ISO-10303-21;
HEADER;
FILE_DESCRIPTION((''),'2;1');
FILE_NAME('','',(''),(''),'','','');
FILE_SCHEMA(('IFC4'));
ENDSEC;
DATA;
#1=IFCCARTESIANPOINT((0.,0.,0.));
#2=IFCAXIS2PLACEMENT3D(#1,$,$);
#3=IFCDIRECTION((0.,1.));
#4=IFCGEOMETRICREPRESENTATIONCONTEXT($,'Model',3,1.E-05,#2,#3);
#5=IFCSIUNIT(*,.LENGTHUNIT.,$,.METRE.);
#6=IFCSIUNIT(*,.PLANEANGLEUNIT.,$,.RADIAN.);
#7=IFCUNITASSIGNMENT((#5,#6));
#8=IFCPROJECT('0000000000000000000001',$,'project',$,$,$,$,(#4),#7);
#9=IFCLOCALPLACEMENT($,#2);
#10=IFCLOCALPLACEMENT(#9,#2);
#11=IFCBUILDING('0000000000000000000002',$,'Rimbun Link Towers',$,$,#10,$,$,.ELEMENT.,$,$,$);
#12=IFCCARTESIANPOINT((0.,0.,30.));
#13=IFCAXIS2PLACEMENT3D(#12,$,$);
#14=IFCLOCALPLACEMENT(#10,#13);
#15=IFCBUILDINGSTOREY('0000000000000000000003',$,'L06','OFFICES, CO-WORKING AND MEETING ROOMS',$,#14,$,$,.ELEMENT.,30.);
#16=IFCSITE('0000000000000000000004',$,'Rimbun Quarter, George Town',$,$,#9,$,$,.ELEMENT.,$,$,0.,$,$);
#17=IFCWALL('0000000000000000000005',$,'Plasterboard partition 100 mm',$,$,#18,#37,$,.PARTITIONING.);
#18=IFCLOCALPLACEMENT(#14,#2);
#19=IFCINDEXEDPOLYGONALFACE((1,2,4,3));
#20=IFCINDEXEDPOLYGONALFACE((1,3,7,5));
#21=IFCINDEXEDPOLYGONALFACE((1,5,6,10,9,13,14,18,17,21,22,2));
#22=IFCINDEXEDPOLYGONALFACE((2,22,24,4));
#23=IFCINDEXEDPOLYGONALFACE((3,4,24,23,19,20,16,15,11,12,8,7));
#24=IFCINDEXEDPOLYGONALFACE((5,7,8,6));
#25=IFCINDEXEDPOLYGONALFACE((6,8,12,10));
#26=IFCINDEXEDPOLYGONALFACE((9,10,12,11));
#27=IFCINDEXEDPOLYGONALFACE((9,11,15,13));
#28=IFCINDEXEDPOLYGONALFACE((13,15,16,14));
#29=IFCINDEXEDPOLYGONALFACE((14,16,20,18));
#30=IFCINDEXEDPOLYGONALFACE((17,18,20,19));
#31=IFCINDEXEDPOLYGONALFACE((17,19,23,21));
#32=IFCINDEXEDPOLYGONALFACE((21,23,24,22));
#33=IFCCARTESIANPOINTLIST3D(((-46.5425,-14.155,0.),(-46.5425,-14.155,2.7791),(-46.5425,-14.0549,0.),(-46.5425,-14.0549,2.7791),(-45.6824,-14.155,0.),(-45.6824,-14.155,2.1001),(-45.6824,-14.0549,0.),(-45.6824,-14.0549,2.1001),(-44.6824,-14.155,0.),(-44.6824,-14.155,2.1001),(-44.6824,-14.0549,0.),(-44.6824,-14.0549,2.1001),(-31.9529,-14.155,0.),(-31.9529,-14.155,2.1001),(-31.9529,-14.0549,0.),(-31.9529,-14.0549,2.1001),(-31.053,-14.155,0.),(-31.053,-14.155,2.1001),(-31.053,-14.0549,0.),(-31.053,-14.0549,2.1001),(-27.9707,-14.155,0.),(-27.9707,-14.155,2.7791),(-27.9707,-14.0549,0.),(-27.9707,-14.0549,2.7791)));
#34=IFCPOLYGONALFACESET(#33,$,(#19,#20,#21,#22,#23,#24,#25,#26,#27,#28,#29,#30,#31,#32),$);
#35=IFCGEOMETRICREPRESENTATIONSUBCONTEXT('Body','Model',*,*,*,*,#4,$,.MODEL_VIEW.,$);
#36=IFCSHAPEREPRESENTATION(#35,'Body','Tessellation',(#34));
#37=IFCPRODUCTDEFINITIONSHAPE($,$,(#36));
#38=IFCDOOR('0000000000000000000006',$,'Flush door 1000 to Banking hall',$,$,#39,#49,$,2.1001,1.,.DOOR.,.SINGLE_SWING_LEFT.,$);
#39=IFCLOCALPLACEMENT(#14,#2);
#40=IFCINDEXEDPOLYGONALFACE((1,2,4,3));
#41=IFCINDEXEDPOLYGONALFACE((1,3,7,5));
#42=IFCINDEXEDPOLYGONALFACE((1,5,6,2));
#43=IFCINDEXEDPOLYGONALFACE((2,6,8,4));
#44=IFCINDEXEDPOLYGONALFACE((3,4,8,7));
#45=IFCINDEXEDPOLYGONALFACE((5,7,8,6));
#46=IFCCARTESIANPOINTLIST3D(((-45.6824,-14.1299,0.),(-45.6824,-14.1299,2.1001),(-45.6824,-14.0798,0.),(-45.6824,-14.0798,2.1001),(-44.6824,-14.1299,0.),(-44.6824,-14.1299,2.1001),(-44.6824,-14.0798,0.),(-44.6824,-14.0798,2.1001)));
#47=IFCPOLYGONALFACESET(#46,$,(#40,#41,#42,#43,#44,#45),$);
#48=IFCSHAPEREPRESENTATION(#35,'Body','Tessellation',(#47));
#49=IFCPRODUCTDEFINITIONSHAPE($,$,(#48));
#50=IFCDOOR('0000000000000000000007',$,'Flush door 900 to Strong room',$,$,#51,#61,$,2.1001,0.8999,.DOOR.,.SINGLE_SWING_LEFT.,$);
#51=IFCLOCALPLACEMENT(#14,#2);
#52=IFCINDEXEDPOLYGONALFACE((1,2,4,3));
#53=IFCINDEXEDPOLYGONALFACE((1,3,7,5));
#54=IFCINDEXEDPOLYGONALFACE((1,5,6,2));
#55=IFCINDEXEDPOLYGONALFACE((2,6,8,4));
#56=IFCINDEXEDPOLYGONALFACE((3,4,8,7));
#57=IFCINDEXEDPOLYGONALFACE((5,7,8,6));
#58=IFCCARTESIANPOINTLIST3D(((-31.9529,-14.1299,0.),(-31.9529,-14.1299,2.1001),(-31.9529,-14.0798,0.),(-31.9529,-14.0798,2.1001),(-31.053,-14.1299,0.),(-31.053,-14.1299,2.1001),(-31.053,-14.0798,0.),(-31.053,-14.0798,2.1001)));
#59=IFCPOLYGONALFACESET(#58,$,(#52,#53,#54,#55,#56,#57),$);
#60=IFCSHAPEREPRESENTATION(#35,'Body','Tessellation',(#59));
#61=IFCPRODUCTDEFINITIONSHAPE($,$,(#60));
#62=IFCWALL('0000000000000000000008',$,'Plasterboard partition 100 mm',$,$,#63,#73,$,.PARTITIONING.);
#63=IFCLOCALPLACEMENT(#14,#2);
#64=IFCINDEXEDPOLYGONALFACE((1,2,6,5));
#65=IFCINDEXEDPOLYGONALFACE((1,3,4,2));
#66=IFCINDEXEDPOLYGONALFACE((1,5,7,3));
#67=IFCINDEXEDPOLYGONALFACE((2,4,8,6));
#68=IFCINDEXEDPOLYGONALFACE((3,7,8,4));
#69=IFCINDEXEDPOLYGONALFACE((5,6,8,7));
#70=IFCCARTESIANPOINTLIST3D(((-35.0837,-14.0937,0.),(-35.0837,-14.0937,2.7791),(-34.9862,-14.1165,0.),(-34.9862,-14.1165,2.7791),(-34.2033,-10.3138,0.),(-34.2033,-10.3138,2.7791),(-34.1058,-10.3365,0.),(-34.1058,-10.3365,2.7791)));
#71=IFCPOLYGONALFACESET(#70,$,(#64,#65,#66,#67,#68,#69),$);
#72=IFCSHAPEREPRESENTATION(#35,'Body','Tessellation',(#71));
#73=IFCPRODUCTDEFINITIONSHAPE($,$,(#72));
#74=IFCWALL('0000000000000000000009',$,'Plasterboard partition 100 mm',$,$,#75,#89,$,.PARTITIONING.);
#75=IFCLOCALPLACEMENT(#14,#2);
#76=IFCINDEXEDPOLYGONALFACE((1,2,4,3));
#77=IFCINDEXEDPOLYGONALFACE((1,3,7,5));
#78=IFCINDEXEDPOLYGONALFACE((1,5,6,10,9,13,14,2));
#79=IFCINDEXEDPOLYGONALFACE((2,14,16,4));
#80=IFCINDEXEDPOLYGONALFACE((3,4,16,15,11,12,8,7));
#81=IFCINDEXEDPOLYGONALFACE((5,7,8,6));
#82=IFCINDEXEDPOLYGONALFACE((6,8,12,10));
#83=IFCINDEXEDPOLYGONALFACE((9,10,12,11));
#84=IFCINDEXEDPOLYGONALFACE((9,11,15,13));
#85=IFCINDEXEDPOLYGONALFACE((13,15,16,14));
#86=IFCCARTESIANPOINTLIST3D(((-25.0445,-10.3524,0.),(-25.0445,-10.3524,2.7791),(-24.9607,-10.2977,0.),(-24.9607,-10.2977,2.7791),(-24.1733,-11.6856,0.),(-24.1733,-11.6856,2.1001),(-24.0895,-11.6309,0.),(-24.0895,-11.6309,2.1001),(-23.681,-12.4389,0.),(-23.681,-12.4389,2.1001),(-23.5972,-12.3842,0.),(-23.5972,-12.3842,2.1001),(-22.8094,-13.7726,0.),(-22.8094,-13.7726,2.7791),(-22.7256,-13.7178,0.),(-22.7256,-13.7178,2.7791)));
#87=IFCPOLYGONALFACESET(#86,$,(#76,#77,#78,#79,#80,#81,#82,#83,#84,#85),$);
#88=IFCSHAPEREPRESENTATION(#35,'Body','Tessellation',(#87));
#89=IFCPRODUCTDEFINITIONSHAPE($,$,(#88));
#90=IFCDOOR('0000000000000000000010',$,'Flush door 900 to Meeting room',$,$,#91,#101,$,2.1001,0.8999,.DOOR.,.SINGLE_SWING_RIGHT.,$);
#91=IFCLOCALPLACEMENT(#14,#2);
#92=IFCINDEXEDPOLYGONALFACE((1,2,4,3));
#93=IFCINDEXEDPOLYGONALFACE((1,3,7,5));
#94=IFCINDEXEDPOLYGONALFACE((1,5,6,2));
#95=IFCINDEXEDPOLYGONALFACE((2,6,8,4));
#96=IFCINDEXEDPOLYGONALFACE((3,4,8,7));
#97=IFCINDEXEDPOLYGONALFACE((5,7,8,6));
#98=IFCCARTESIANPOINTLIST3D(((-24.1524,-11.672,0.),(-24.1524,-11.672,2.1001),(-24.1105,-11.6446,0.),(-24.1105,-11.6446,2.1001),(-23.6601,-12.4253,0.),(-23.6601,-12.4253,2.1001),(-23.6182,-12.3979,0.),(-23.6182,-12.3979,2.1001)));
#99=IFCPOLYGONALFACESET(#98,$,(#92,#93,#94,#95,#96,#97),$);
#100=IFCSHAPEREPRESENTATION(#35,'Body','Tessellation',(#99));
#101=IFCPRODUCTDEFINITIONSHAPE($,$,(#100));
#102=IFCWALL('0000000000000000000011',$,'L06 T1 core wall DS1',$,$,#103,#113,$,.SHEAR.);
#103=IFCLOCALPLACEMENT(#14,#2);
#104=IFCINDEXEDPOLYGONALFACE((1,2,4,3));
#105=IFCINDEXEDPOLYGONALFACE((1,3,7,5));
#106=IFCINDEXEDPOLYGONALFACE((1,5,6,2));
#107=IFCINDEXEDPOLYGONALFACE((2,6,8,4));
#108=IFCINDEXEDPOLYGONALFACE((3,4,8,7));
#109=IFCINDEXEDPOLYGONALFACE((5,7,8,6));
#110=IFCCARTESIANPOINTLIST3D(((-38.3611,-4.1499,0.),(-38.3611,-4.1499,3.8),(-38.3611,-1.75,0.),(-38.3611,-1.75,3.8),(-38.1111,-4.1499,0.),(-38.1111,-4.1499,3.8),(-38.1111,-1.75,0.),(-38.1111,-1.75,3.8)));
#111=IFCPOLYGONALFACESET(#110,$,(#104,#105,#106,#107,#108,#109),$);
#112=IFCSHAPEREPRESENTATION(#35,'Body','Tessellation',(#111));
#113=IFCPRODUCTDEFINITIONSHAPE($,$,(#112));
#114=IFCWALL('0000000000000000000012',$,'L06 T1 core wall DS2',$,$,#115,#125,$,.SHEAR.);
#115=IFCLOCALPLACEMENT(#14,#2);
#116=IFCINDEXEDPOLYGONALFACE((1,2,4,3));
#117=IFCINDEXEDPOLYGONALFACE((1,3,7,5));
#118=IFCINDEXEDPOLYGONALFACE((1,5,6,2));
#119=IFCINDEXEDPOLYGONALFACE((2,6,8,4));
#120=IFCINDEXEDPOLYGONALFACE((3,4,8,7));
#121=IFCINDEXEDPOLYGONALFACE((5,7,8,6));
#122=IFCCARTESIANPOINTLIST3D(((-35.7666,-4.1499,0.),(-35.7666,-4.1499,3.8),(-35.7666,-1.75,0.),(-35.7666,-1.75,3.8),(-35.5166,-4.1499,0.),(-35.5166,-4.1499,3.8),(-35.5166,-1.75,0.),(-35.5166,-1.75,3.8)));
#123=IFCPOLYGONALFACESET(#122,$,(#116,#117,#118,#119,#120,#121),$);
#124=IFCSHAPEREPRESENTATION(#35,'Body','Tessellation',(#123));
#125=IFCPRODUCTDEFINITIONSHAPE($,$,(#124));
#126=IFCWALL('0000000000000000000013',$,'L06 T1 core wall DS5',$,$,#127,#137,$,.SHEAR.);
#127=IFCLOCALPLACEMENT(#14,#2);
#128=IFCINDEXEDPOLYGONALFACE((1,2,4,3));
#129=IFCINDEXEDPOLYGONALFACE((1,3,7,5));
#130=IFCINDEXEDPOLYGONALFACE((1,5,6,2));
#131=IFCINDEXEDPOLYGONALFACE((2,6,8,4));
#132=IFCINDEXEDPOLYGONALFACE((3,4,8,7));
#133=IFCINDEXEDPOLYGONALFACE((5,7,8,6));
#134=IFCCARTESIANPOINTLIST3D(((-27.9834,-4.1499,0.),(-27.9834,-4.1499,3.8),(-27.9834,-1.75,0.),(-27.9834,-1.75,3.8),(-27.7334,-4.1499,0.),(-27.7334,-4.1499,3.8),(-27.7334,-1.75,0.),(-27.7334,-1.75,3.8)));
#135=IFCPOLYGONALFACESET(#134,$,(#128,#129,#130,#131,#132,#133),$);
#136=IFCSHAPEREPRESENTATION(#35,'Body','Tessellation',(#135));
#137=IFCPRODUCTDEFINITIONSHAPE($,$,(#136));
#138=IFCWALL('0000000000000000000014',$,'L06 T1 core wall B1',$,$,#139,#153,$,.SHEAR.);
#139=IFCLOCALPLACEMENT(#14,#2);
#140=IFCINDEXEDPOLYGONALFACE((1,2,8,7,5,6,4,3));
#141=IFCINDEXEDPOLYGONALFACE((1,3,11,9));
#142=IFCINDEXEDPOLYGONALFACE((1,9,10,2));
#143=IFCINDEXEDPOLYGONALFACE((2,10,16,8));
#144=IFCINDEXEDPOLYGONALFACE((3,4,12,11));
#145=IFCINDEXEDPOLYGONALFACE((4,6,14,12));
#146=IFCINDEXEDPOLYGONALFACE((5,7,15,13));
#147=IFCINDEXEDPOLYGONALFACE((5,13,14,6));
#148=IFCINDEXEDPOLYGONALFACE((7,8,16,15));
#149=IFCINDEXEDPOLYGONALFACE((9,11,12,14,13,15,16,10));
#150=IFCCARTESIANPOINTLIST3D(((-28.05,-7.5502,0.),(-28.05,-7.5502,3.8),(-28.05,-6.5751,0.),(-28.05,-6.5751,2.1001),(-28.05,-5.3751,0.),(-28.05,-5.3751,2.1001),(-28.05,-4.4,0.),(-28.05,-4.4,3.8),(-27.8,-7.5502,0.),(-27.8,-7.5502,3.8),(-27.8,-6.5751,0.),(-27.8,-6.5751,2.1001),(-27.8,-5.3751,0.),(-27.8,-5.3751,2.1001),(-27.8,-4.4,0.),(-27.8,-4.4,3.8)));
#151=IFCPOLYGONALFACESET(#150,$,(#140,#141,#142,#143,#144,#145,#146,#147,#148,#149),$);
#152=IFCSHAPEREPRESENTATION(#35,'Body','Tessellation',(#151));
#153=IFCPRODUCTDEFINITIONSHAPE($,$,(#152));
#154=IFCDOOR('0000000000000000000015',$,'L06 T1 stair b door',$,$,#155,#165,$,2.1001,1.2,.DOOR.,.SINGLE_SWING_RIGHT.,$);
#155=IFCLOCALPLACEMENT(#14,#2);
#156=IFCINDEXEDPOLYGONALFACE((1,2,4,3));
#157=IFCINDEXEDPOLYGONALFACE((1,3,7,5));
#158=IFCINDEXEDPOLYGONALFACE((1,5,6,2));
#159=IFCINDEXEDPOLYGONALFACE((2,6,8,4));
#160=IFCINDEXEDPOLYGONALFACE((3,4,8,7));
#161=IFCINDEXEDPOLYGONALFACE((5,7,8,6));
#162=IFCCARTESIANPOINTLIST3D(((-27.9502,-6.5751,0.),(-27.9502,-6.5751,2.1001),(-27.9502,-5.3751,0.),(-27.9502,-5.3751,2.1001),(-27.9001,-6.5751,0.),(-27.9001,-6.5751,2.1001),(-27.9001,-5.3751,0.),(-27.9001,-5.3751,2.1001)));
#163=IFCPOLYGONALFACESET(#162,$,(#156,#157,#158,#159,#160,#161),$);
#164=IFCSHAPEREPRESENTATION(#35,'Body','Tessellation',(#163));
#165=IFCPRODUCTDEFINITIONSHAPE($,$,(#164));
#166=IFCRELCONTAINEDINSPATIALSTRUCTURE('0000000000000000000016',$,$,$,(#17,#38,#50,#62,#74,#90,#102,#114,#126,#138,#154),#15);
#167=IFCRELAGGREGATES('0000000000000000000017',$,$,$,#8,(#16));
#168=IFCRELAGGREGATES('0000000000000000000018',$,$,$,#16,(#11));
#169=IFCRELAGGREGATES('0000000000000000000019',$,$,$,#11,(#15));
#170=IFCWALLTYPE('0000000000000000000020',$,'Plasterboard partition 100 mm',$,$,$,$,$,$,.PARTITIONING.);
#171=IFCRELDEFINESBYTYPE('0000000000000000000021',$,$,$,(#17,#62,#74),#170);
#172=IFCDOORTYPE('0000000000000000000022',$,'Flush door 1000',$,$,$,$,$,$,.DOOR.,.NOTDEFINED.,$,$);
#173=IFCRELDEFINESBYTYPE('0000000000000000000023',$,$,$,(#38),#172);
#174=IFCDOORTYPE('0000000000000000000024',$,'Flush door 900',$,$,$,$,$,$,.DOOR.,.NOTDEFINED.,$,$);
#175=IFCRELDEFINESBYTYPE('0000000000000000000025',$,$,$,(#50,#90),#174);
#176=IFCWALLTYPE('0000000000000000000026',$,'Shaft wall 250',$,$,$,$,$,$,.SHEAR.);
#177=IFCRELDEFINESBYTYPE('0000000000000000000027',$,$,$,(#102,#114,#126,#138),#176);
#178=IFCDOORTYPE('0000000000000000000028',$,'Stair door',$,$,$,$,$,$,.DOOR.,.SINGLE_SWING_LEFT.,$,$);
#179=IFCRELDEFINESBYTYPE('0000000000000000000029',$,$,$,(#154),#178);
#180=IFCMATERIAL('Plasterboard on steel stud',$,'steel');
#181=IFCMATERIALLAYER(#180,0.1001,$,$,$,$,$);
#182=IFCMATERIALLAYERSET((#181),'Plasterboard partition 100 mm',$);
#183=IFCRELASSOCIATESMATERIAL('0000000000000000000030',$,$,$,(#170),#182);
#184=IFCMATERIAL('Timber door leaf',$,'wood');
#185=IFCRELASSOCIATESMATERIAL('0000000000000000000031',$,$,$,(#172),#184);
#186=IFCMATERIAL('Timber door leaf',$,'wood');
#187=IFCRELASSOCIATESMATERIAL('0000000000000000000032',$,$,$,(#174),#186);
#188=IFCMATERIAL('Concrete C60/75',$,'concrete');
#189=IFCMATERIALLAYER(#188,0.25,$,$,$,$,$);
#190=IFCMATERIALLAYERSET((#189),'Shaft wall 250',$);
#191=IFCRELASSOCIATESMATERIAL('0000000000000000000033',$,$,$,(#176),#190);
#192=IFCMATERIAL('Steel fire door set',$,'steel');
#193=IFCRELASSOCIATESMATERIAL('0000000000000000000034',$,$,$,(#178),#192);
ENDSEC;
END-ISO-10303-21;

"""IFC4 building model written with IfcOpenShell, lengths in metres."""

from ifc_helpers import new_model, si_unit, direction, frame, frame_2d, origin, place, context, subcontext, project, spatial, rectangle, extrude, material, layer, layer_set, type_object, element, fill, save


model = new_model("IFC4")

# Units and contexts
model_context = context("Model", 3, precision=1e-05, world=origin(), true_north=direction((0.0, 1.0)))
body_context = subcontext(model_context, "Body", "Model", "MODEL_VIEW")
ifc_project = project(units=[si_unit("LENGTHUNIT", "METRE"), si_unit("PLANEANGLEUNIT", "RADIAN")], contexts=[model_context])

# Site, building, storey
site_placement = place(None, origin())
site = spatial("IfcSite", under=ifc_project, at=site_placement, Name="Rimbun Quarter, George Town", CompositionType="ELEMENT", RefElevation=0.0)
building_placement = place(site_placement, origin())
building = spatial("IfcBuilding", under=site, at=building_placement, Name="Rimbun Link Towers", CompositionType="ELEMENT")
storey_placement = place(building_placement, frame((0.0, 0.0, 30.0)))
storey = spatial("IfcBuildingStorey", under=building, at=storey_placement, Name="L06", Description="OFFICES, CO-WORKING AND MEETING ROOMS", CompositionType="ELEMENT", Elevation=30.0)

# Wall, openings, doors
ifc_material_1 = material(Name="Plasterboard on steel stud", Category="steel")
ifc_layer_1 = layer(ifc_material_1, 0.1001)
ifc_layer_set_1 = layer_set([ifc_layer_1], Name="Plasterboard partition 100 mm")
wall_type_1 = type_object("IfcWallType", Name="Plasterboard partition 100 mm", PredefinedType="PARTITIONING", material=ifc_layer_set_1)
wall_1_placement = place(storey_placement, frame((-27.9707, -14.105, 0.0), z_axis=(0.0, 0.0, 1.0), x_axis=(-1.0, 0.0, 0.0)))
wall_1 = element("IfcWall", 1, at=wall_1_placement, inside=storey, type_object=wall_type_1, Name="Plasterboard partition 100 mm", PredefinedType="PARTITIONING", context=body_context, shape_type="SweptSolid", body=[
    extrude(rectangle(XDim=18.5718, YDim=0.1001, at=frame_2d((9.2859, 0.0))), origin(), (0.0, 0.0, 1.0), 2.7791),
])
opening_1_placement = place(wall_1_placement, frame((16.7117, 0.0, 0.0)))
opening_1 = element("IfcOpeningElement", 2, at=opening_1_placement, cuts=wall_1, PredefinedType="OPENING", context=body_context, shape_type="SweptSolid", body=[
    extrude(rectangle(XDim=1.0, YDim=2.1001, at=frame_2d((0.5, 1.05))), frame((0.0, 0.0601, 0.0), z_axis=(0.0, -1.0, 0.0), x_axis=(1.0, 0.0, 0.0)), (0.0, 0.0, 1.0), 0.1201),
])
opening_2_placement = place(wall_1_placement, frame((3.0823, 0.0, 0.0)))
opening_2 = element("IfcOpeningElement", 3, at=opening_2_placement, cuts=wall_1, PredefinedType="OPENING", context=body_context, shape_type="SweptSolid", body=[
    extrude(rectangle(XDim=0.8999, YDim=2.1001, at=frame_2d((0.45, 1.05))), frame((0.0, 0.0601, 0.0), z_axis=(0.0, -1.0, 0.0), x_axis=(1.0, 0.0, 0.0)), (0.0, 0.0, 1.0), 0.1201),
])
ifc_material_2 = material(Name="Timber door leaf", Category="wood")
door_type_1 = type_object("IfcDoorType", Name="Flush door 1000", OperationType="NOTDEFINED", PredefinedType="DOOR", material=ifc_material_2)
door_1_placement = place(opening_1_placement, origin())
door_1 = element("IfcDoor", 4, at=door_1_placement, inside=storey, type_object=door_type_1, Name="Flush door 1000 to Banking hall", OperationType="SINGLE_SWING_LEFT", OverallHeight=2.1001, OverallWidth=1.0, PredefinedType="DOOR", context=body_context, shape_type="SweptSolid", body=[
    extrude(rectangle(XDim=1.0, YDim=2.1001, at=frame_2d((0.5, 1.05))), frame((0.0, 0.0249, 0.0), z_axis=(0.0, -1.0, 0.0), x_axis=(1.0, 0.0, 0.0)), (0.0, 0.0, 1.0), 0.05),
])
fill(opening_1, door_1)
ifc_material_3 = material(Name="Timber door leaf", Category="wood")
door_type_2 = type_object("IfcDoorType", Name="Flush door 900", OperationType="NOTDEFINED", PredefinedType="DOOR", material=ifc_material_3)
door_2_placement = place(opening_2_placement, origin())
door_2 = element("IfcDoor", 5, at=door_2_placement, inside=storey, type_object=door_type_2, Name="Flush door 900 to Strong room", OperationType="SINGLE_SWING_LEFT", OverallHeight=2.1001, OverallWidth=0.8999, PredefinedType="DOOR", context=body_context, shape_type="SweptSolid", body=[
    extrude(rectangle(XDim=0.8999, YDim=2.1001, at=frame_2d((0.45, 1.05))), frame((0.0, 0.0249, 0.0), z_axis=(0.0, -1.0, 0.0), x_axis=(1.0, 0.0, 0.0)), (0.0, 0.0, 1.0), 0.05),
])
fill(opening_2, door_2)

# Wall
wall_2_placement = place(storey_placement, frame((-35.0349, -14.105, 0.0), z_axis=(0.0, 0.0, 1.0), x_axis=(0.22683, 0.973934, 0.0)))
element("IfcWall", 6, at=wall_2_placement, inside=storey, type_object=wall_type_1, Name="Plasterboard partition 100 mm", PredefinedType="PARTITIONING", context=body_context, shape_type="SweptSolid", body=[
    extrude(rectangle(XDim=3.8811, YDim=0.1001, at=frame_2d((1.9404, 0.0))), origin(), (0.0, 0.0, 1.0), 2.7791),
])

# Wall, opening, door
wall_3_placement = place(storey_placement, frame((-25.0027, -10.325, 0.0), z_axis=(0.0, 0.0, 1.0), x_axis=(0.547051, -0.837099, 0.0)))
wall_3 = element("IfcWall", 7, at=wall_3_placement, inside=storey, type_object=wall_type_1, Name="Plasterboard partition 100 mm", PredefinedType="PARTITIONING", context=body_context, shape_type="SweptSolid", body=[
    extrude(rectangle(XDim=4.0857, YDim=0.1001, at=frame_2d((2.043, 0.0))), origin(), (0.0, 0.0, 1.0), 2.7791),
])
opening_3_placement = place(wall_3_placement, frame((1.5928, 0.0, 0.0)))
opening_3 = element("IfcOpeningElement", 8, at=opening_3_placement, cuts=wall_3, PredefinedType="OPENING", context=body_context, shape_type="SweptSolid", body=[
    extrude(rectangle(XDim=0.8999, YDim=2.1001, at=frame_2d((0.45, 1.05))), frame((0.0, 0.0601, 0.0), z_axis=(0.0, -1.0, 0.0), x_axis=(1.0, 0.0, 0.0)), (0.0, 0.0, 1.0), 0.1201),
])
door_3_placement = place(opening_3_placement, origin())
door_3 = element("IfcDoor", 9, at=door_3_placement, inside=storey, type_object=door_type_2, Name="Flush door 900 to Meeting room", OperationType="SINGLE_SWING_RIGHT", OverallHeight=2.1001, OverallWidth=0.8999, PredefinedType="DOOR", context=body_context, shape_type="SweptSolid", body=[
    extrude(rectangle(XDim=0.8999, YDim=2.1001, at=frame_2d((0.45, 1.05))), frame((0.0, 0.0249, 0.0), z_axis=(0.0, -1.0, 0.0), x_axis=(1.0, 0.0, 0.0)), (0.0, 0.0, 1.0), 0.05),
])
fill(opening_3, door_3)

# Walls
ifc_material_4 = material(Name="Concrete C60/75", Category="concrete")
ifc_layer_2 = layer(ifc_material_4, 0.25)
ifc_layer_set_2 = layer_set([ifc_layer_2], Name="Shaft wall 250")
wall_type_2 = type_object("IfcWallType", Name="Shaft wall 250", PredefinedType="SHEAR", material=ifc_layer_set_2)
for number, where, z_axis, x_axis, name in (
    (10, (-38.2361, -4.1499, 0.0), (0.0, 0.0, 1.0), (0.0, 1.0, 0.0), "L06 T1 core wall DS1"),
    (11, (-35.6416, -4.1499, 0.0), (0.0, 0.0, 1.0), (0.0, 1.0, 0.0), "L06 T1 core wall DS2"),
    (12, (-27.8584, -4.1499, 0.0), (0.0, 0.0, 1.0), (0.0, 1.0, 0.0), "L06 T1 core wall DS5"),
):
    element("IfcWall", number, at=place(storey_placement, frame(where, z_axis=z_axis, x_axis=x_axis)), inside=storey, type_object=wall_type_2, Name=name, PredefinedType="SHEAR", context=body_context, shape_type="SweptSolid", body=[
        extrude(rectangle(XDim=2.3999, YDim=0.25, at=frame_2d((1.2, 0.0))), origin(), (0.0, 0.0, 1.0), 3.8),
    ])

# Wall, opening, door
wall_4_placement = place(storey_placement, frame((-27.925, -4.3999, 0.0), z_axis=(0.0, 0.0, 1.0), x_axis=(0.0, -1.0, 0.0)))
wall_4 = element("IfcWall", 13, at=wall_4_placement, inside=storey, type_object=wall_type_2, Name="L06 T1 core wall B1", PredefinedType="SHEAR", context=body_context, shape_type="SweptSolid", body=[
    extrude(rectangle(XDim=3.1501, YDim=0.25, at=frame_2d((1.5752, 0.0))), origin(), (0.0, 0.0, 1.0), 3.8),
])
opening_4_placement = place(wall_4_placement, frame((0.9751, 0.0, 0.0)))
opening_4 = element("IfcOpeningElement", 14, at=opening_4_placement, cuts=wall_4, PredefinedType="OPENING", context=body_context, shape_type="SweptSolid", body=[
    extrude(rectangle(XDim=1.2, YDim=2.1001, at=frame_2d((0.6001, 1.05))), frame((0.0, 0.135, 0.0), z_axis=(0.0, -1.0, 0.0), x_axis=(1.0, 0.0, 0.0)), (0.0, 0.0, 1.0), 0.27),
])
ifc_material_5 = material(Name="Steel fire door set", Category="steel")
door_type_3 = type_object("IfcDoorType", Name="Stair door", OperationType="SINGLE_SWING_LEFT", PredefinedType="DOOR", material=ifc_material_5)
door_4_placement = place(opening_4_placement, origin())
door_4 = element("IfcDoor", 15, at=door_4_placement, inside=storey, type_object=door_type_3, Name="L06 T1 stair b door", OperationType="SINGLE_SWING_RIGHT", OverallHeight=2.1001, OverallWidth=1.2, PredefinedType="DOOR", context=body_context, shape_type="SweptSolid", body=[
    extrude(rectangle(XDim=1.2, YDim=2.1001, at=frame_2d((0.6001, 1.05))), frame((0.0, 0.0249, 0.0), z_axis=(0.0, -1.0, 0.0), x_axis=(1.0, 0.0, 0.0)), (0.0, 0.0, 1.0), 0.05),
])
fill(opening_4, door_4)

save(model, "model.ifc")
